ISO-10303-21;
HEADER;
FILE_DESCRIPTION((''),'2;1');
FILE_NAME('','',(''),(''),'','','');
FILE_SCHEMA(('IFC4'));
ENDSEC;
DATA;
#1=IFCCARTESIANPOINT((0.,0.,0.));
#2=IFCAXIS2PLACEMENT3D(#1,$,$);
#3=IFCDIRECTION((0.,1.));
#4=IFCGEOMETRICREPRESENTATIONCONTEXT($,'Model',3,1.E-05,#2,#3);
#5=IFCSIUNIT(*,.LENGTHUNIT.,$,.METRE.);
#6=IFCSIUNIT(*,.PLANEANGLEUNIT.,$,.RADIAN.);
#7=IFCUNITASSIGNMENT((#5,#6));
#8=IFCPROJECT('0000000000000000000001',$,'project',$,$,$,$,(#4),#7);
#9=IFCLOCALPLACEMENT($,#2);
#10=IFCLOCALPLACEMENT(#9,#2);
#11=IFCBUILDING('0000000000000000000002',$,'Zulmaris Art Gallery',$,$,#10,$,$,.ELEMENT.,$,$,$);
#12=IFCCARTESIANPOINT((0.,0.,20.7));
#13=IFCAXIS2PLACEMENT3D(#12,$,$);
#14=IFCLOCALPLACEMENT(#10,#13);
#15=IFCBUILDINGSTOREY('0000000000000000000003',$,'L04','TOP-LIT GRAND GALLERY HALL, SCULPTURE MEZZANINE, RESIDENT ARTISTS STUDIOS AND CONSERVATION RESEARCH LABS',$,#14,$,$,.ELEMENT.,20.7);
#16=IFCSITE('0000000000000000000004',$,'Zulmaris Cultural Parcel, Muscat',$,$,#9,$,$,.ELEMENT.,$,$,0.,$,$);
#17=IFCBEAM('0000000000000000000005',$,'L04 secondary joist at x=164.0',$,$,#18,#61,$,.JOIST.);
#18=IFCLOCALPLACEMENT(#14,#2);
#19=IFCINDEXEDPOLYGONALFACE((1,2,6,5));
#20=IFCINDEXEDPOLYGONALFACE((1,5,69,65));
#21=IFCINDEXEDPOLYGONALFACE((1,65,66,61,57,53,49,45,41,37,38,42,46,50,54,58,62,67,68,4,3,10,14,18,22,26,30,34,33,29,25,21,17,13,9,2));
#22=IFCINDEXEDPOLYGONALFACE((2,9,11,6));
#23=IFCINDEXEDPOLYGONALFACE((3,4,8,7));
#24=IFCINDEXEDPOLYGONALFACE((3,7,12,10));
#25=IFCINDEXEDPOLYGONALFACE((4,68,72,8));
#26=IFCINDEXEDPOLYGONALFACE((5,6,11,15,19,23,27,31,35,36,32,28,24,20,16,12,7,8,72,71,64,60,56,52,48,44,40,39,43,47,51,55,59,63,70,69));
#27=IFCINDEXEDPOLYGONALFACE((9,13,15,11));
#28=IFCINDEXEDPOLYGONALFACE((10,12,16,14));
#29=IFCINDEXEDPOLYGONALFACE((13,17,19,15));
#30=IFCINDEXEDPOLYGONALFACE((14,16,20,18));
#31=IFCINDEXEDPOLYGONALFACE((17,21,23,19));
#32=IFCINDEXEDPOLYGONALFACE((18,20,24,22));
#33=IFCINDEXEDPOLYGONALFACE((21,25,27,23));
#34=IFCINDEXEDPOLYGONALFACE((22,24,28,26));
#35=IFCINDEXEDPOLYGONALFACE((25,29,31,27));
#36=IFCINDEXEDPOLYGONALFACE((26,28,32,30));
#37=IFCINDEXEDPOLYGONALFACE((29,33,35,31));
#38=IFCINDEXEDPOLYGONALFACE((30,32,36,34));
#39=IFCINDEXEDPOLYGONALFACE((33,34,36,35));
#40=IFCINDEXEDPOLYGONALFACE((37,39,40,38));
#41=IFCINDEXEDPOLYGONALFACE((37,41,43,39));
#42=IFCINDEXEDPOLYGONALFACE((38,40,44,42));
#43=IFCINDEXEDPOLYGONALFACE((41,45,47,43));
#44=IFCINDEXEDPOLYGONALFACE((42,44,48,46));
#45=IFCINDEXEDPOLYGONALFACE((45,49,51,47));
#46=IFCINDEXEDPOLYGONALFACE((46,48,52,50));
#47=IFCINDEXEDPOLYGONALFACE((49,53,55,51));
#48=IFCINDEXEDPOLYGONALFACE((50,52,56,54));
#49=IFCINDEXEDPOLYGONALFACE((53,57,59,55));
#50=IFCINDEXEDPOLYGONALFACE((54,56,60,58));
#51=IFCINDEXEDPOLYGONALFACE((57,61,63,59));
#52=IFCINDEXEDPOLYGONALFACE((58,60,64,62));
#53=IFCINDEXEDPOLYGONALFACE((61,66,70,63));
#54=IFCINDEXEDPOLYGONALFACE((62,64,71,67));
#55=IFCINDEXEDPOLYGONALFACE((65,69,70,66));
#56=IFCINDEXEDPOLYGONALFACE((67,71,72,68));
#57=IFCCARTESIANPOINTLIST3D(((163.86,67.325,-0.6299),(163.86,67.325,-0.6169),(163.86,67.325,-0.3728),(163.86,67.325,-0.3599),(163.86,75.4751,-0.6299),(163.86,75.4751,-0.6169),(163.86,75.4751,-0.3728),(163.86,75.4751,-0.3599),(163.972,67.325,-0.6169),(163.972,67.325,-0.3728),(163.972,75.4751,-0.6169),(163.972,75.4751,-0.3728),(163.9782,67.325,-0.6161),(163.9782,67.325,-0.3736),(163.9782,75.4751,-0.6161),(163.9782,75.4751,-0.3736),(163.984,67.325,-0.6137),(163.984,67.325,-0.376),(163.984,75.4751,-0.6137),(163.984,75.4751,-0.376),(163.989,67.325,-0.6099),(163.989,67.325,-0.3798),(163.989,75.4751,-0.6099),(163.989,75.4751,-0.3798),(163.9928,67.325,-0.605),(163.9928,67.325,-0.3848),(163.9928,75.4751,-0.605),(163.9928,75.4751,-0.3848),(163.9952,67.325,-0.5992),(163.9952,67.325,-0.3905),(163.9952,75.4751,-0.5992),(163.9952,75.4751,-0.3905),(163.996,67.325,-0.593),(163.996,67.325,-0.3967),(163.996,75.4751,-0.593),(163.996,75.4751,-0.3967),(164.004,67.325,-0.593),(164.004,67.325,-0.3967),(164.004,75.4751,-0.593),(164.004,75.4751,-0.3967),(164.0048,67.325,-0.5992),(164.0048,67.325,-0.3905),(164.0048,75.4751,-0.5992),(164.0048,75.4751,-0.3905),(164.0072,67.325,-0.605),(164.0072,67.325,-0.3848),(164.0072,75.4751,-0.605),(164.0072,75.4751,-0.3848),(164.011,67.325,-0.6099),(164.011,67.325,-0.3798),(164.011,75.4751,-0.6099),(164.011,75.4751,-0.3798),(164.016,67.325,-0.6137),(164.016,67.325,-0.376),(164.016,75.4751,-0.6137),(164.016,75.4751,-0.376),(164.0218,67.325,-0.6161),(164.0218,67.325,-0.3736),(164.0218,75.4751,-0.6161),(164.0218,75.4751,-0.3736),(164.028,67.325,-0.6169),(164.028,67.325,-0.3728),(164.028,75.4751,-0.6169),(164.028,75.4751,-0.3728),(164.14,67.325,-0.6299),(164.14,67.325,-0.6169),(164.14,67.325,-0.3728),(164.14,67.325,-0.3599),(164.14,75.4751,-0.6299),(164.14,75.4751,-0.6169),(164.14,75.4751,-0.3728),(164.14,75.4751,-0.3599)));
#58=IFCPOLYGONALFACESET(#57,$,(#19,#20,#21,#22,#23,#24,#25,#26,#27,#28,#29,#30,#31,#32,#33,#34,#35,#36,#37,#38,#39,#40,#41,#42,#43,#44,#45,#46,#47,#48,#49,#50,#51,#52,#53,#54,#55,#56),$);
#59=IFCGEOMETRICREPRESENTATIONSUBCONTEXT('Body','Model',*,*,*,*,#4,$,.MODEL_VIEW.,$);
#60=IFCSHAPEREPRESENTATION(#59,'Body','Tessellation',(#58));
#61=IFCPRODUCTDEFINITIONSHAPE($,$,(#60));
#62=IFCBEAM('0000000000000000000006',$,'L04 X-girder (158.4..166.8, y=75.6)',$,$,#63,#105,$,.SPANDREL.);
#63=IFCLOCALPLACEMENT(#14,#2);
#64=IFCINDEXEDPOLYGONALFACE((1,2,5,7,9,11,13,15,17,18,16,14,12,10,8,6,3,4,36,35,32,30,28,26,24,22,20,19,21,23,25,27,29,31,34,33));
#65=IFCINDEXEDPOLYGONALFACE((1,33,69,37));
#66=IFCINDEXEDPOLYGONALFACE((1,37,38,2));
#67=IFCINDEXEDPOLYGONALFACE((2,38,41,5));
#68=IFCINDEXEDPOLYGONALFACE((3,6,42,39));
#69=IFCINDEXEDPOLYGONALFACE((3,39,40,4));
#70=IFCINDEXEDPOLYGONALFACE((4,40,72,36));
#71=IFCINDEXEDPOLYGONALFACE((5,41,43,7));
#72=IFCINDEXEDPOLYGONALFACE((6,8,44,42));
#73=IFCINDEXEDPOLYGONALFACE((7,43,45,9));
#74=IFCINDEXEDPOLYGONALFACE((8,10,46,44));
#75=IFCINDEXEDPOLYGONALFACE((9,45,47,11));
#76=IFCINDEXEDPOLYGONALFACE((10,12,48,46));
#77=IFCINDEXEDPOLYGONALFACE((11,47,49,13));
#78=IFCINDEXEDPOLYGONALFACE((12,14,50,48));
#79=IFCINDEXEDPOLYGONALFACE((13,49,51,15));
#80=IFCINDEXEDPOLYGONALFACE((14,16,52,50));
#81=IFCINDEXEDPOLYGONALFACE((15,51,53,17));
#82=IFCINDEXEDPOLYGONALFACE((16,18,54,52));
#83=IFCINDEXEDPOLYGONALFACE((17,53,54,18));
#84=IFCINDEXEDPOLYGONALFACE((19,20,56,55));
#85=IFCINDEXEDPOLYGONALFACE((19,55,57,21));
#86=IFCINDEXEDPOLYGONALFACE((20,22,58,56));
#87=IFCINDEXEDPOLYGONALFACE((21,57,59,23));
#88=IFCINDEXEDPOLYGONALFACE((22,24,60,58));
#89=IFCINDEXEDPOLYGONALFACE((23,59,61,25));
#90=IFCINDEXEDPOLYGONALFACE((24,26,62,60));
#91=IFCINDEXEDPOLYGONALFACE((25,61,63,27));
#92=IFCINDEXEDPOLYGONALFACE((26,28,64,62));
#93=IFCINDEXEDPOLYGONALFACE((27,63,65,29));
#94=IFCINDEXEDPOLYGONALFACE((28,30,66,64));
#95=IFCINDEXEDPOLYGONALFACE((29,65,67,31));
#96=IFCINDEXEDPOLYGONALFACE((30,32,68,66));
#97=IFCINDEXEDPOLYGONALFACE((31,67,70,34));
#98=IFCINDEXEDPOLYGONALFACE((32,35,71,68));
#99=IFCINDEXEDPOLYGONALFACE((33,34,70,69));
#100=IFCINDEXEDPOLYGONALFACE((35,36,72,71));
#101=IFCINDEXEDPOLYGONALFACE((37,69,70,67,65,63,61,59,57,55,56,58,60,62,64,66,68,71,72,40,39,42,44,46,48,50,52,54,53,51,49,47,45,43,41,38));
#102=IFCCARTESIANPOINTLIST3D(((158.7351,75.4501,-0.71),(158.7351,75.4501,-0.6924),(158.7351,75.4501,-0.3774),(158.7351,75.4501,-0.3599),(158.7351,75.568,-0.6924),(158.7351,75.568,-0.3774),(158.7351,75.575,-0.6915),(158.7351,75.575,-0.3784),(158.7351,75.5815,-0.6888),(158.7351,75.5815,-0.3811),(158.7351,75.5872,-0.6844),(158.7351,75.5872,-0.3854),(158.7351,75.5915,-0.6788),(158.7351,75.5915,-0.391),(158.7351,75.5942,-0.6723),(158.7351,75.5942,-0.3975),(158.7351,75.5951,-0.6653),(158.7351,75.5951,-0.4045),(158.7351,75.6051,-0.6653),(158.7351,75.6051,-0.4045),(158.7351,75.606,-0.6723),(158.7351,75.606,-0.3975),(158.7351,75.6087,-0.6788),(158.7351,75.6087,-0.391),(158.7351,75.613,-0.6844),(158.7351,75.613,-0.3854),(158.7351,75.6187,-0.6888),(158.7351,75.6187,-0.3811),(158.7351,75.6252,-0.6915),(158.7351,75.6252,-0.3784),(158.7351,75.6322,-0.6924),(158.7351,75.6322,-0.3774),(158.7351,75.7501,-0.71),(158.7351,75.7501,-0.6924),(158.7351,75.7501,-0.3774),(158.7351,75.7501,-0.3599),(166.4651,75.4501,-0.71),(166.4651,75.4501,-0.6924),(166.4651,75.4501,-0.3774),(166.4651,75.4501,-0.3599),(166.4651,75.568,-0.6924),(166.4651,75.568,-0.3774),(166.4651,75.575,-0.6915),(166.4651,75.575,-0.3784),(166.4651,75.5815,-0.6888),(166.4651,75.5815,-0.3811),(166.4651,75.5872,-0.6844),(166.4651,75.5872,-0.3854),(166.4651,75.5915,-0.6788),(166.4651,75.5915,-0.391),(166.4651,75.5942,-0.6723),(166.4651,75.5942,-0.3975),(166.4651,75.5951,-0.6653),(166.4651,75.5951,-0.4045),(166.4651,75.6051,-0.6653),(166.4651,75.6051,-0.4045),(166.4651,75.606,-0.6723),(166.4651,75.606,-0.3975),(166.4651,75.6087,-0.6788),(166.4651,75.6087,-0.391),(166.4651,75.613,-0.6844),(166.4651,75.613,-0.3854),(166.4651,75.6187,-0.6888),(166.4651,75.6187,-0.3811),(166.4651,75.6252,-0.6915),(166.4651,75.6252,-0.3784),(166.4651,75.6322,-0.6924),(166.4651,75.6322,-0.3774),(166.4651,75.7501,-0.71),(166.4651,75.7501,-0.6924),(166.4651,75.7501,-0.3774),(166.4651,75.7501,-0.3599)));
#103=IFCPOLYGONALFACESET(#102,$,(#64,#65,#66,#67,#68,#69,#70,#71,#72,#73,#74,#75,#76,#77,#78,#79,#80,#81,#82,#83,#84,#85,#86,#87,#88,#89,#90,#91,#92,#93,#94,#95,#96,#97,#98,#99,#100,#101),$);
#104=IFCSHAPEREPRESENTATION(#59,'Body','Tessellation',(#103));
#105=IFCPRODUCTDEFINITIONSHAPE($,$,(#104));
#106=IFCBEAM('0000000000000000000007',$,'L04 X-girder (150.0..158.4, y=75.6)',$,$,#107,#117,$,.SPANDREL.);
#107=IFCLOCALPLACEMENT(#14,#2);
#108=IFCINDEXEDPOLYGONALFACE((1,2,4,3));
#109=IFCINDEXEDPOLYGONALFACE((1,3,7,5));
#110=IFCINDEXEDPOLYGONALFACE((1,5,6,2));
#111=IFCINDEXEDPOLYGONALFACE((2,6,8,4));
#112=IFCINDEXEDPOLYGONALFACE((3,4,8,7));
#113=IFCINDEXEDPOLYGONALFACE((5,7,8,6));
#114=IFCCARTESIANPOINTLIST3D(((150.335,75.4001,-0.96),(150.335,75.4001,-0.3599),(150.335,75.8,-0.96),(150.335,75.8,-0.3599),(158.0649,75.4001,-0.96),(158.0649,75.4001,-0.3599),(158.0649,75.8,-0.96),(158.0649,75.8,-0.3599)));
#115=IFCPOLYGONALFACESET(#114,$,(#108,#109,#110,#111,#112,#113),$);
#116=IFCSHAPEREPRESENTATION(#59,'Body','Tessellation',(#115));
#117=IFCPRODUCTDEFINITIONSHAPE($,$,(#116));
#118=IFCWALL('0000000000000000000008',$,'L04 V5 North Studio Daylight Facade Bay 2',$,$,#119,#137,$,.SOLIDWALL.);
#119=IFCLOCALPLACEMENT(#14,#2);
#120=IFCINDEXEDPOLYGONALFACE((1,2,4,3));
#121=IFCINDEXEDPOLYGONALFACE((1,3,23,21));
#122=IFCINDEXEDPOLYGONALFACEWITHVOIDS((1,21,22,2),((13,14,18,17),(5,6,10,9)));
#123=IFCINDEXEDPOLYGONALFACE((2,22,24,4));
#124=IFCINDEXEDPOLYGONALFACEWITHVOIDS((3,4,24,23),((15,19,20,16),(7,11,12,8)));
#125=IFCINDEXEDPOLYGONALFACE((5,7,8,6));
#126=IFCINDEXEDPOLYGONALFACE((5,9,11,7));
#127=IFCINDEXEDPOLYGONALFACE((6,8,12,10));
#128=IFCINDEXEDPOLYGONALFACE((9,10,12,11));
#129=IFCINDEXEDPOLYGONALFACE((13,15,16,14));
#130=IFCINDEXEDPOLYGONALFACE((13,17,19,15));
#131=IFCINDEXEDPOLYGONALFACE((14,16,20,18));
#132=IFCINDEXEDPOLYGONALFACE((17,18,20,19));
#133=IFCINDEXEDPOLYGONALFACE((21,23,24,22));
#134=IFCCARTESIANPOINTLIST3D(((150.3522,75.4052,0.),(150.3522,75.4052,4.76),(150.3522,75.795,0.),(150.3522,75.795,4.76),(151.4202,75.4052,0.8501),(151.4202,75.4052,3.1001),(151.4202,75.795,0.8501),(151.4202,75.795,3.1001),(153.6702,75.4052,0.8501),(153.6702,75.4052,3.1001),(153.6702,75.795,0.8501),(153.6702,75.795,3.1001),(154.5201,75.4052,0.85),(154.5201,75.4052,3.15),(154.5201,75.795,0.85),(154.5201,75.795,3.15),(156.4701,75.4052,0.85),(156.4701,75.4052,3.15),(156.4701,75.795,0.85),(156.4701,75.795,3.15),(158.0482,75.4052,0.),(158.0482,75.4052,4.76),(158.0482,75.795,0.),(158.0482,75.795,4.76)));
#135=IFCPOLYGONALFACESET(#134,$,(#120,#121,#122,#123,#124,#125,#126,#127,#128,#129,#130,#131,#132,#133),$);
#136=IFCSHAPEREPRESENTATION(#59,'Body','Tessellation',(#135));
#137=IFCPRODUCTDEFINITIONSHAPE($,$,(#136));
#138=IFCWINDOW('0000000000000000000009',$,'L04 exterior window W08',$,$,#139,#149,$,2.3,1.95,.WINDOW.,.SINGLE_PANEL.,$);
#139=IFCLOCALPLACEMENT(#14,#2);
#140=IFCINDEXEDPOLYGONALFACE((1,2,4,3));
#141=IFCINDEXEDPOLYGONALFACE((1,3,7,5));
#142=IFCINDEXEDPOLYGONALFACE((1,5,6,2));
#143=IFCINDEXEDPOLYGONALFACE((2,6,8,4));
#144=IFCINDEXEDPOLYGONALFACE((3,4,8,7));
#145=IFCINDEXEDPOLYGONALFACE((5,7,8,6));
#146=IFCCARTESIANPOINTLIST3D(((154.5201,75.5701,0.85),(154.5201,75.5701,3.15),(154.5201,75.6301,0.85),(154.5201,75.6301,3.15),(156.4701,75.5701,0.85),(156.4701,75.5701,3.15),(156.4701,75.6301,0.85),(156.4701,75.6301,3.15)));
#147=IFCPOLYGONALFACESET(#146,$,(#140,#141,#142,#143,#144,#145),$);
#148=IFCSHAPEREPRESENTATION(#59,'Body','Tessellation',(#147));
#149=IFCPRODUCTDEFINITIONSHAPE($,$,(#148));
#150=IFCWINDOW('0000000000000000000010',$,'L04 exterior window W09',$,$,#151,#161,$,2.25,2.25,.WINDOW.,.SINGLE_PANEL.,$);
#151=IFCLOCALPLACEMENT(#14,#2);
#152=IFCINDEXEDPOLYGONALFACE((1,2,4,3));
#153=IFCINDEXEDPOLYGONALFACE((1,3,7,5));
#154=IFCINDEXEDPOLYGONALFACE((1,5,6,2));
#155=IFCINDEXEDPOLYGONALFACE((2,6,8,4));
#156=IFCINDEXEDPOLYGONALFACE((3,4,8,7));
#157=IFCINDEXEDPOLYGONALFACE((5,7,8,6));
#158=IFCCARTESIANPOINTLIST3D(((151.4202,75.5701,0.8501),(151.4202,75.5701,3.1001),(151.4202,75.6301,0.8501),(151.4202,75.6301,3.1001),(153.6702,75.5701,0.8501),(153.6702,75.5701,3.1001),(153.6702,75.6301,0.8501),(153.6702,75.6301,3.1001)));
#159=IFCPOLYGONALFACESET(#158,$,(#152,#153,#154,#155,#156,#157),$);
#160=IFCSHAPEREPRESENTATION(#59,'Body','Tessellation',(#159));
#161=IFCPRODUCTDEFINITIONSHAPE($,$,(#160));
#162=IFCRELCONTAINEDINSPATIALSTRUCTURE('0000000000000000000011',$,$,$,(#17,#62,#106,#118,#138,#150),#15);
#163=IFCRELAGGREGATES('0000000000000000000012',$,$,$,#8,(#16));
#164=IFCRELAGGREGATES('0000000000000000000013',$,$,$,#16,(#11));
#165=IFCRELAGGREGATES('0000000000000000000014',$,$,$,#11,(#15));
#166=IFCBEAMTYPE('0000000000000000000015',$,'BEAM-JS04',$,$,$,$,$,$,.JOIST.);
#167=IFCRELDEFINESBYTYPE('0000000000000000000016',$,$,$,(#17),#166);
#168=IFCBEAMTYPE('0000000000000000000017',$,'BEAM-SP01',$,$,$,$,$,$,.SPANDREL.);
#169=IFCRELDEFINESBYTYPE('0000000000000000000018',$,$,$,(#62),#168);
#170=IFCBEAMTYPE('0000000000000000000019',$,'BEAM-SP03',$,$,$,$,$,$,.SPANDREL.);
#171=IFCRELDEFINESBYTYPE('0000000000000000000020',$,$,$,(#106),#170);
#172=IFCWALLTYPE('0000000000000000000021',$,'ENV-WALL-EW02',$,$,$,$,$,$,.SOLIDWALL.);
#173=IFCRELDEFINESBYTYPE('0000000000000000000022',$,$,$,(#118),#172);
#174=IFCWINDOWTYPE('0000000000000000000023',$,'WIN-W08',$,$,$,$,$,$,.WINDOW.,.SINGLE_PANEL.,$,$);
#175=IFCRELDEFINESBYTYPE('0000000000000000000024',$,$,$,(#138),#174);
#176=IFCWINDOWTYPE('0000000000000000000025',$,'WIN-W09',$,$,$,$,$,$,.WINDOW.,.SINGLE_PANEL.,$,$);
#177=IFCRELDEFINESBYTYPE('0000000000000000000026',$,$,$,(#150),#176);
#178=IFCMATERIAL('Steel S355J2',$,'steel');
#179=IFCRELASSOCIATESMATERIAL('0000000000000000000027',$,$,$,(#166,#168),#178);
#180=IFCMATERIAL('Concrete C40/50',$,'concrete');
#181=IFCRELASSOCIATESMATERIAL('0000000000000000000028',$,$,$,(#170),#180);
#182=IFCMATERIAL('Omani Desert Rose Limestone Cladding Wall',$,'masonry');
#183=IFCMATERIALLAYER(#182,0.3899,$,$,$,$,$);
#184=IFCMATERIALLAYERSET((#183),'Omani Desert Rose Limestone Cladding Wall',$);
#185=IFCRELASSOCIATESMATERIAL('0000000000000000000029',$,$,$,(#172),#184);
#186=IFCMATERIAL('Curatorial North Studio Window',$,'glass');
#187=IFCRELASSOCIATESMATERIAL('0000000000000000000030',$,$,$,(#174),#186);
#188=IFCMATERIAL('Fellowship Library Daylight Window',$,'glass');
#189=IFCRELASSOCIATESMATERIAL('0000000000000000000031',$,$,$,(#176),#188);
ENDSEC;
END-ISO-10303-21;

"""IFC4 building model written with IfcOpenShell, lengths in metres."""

from ifc_helpers import new_model, si_unit, direction, frame, frame_2d, origin, origin_2d, place, context, subcontext, project, spatial, rectangle, i_section, extrude, material, layer, layer_set, material_profile, profile_set, type_object, element, fill, save


model = new_model("IFC4")

# Units and contexts
model_context = context("Model", 3, precision=1e-05, world=origin(), true_north=direction((0.0, 1.0)))
body_context = subcontext(model_context, "Body", "Model", "MODEL_VIEW")
ifc_project = project(units=[si_unit("LENGTHUNIT", "METRE"), si_unit("PLANEANGLEUNIT", "RADIAN")], contexts=[model_context])

# Site, building, storey
site_placement = place(None, origin())
site = spatial("IfcSite", under=ifc_project, at=site_placement, Name="Zulmaris Cultural Parcel, Muscat", CompositionType="ELEMENT", RefElevation=0.0)
building_placement = place(site_placement, origin())
building = spatial("IfcBuilding", under=site, at=building_placement, Name="Zulmaris Art Gallery", CompositionType="ELEMENT")
storey_placement = place(building_placement, frame((0.0, 0.0, 20.7)))
storey = spatial("IfcBuildingStorey", under=building, at=storey_placement, Name="L04", Description="TOP-LIT GRAND GALLERY HALL, SCULPTURE MEZZANINE, RESIDENT ARTISTS STUDIOS AND CONSERVATION RESEARCH LABS", CompositionType="ELEMENT", Elevation=20.7)

# Shared definitions
ifc_material_1 = material(Name="Concrete C40/50", Category="concrete")

# Beams
ifc_material_2 = material(Name="Steel S355J2", Category="steel")
ifc_material_profile_1 = material_profile(ifc_material_2, i_section(OverallWidth=0.28, OverallDepth=0.27, WebThickness=0.0081, FlangeThickness=0.0129, FilletRadius=0.0239, at=origin_2d()), Name="HEA 280")
ifc_profile_set_1 = profile_set([ifc_material_profile_1], Name="Steel S355J2")
beam_type_1 = type_object("IfcBeamType", Name="BEAM-JS04", PredefinedType="JOIST", material=ifc_profile_set_1)
beam_1_placement = place(storey_placement, frame((164.0, 67.325, -0.4949), z_axis=(0.0, 1.0, 0.0), x_axis=(-1.0, 0.0, 0.0)))
element("IfcBeam", 1, at=beam_1_placement, inside=storey, type_object=beam_type_1, Name="L04 secondary joist at x=164.0", PredefinedType="JOIST", context=body_context, shape_type="SweptSolid", body=[
    extrude(i_section(OverallWidth=0.28, OverallDepth=0.27, WebThickness=0.0081, FlangeThickness=0.0129, FilletRadius=0.0239, at=origin_2d()), origin(), (0.0, 0.0, 1.0), 8.1501),
])
ifc_material_profile_2 = material_profile(ifc_material_2, i_section(OverallWidth=0.3, OverallDepth=0.3501, WebThickness=0.01, FlangeThickness=0.0176, FilletRadius=0.0271, at=origin_2d()), Name="HEA 360")
ifc_profile_set_2 = profile_set([ifc_material_profile_2], Name="Steel S355J2")
beam_type_2 = type_object("IfcBeamType", Name="BEAM-SP01", PredefinedType="SPANDREL", material=ifc_profile_set_2)
beam_2_placement = place(storey_placement, frame((158.7351, 75.6001, -0.5349), z_axis=(1.0, 0.0, 0.0), x_axis=(0.0, 1.0, 0.0)))
element("IfcBeam", 2, at=beam_2_placement, inside=storey, type_object=beam_type_2, Name="L04 X-girder (158.4..166.8, y=75.6)", PredefinedType="SPANDREL", context=body_context, shape_type="SweptSolid", body=[
    extrude(i_section(OverallWidth=0.3, OverallDepth=0.3501, WebThickness=0.01, FlangeThickness=0.0176, FilletRadius=0.0271, at=origin_2d()), origin(), (0.0, 0.0, 1.0), 7.73),
])
ifc_material_profile_3 = material_profile(ifc_material_1, rectangle(XDim=0.3999, YDim=0.6001, at=origin_2d()), Name="RC 400x600")
ifc_profile_set_3 = profile_set([ifc_material_profile_3], Name="Concrete C40/50")
beam_type_3 = type_object("IfcBeamType", Name="BEAM-SP03", PredefinedType="SPANDREL", material=ifc_profile_set_3)
beam_3_placement = place(storey_placement, frame((150.335, 75.6001, -0.6599), z_axis=(1.0, 0.0, 0.0), x_axis=(0.0, 1.0, 0.0)))
element("IfcBeam", 3, at=beam_3_placement, inside=storey, type_object=beam_type_3, Name="L04 X-girder (150.0..158.4, y=75.6)", PredefinedType="SPANDREL", context=body_context, shape_type="SweptSolid", body=[
    extrude(rectangle(XDim=0.3999, YDim=0.6001, at=origin_2d()), origin(), (0.0, 0.0, 1.0), 7.73),
])

# Wall, openings, windows
ifc_material_3 = material(Name="Omani Desert Rose Limestone Cladding Wall", Category="masonry")
ifc_layer_1 = layer(ifc_material_3, 0.3899)
ifc_layer_set_1 = layer_set([ifc_layer_1], Name="Omani Desert Rose Limestone Cladding Wall")
wall_type_1 = type_object("IfcWallType", Name="ENV-WALL-EW02", PredefinedType="SOLIDWALL", material=ifc_layer_set_1)
wall_1_placement = place(storey_placement, frame((150.3521, 75.6001, 0.0), z_axis=(0.0, 0.0, 1.0), x_axis=(1.0, 0.0, 0.0)))
wall_1 = element("IfcWall", 4, at=wall_1_placement, inside=storey, type_object=wall_type_1, Name="L04 V5 North Studio Daylight Facade Bay 2", PredefinedType="SOLIDWALL", context=body_context, shape_type="SweptSolid", body=[
    extrude(rectangle(XDim=7.696, YDim=0.3899, at=frame_2d((3.8481, 0.0))), origin(), (0.0, 0.0, 1.0), 4.76),
])
opening_1_placement = place(wall_1_placement, frame((1.0681, 0.0, 0.8501)))
opening_1 = element("IfcOpeningElement", 5, at=opening_1_placement, cuts=wall_1, PredefinedType="OPENING", context=body_context, shape_type="SweptSolid", body=[
    extrude(rectangle(XDim=2.25, YDim=2.25, at=frame_2d((1.125, 1.125))), frame((0.0, 0.2048, 0.0), z_axis=(0.0, -1.0, 0.0), x_axis=(1.0, 0.0, 0.0)), (0.0, 0.0, 1.0), 0.4099),
])
opening_2_placement = place(wall_1_placement, frame((4.168, 0.0, 0.8501)))
opening_2 = element("IfcOpeningElement", 6, at=opening_2_placement, cuts=wall_1, PredefinedType="OPENING", context=body_context, shape_type="SweptSolid", body=[
    extrude(rectangle(XDim=1.95, YDim=2.3, at=frame_2d((0.9751, 1.1499))), frame((0.0, 0.2048, 0.0), z_axis=(0.0, -1.0, 0.0), x_axis=(1.0, 0.0, 0.0)), (0.0, 0.0, 1.0), 0.4099),
])
ifc_material_4 = material(Name="Curatorial North Studio Window", Category="glass")
window_type_1 = type_object("IfcWindowType", Name="WIN-W08", PartitioningType="SINGLE_PANEL", PredefinedType="WINDOW", material=ifc_material_4)
window_1_placement = place(opening_2_placement, origin())
window_1 = element("IfcWindow", 7, at=window_1_placement, inside=storey, type_object=window_type_1, Name="L04 exterior window W08", OverallHeight=2.3, OverallWidth=1.95, PartitioningType="SINGLE_PANEL", PredefinedType="WINDOW", context=body_context, shape_type="SweptSolid", body=[
    extrude(rectangle(XDim=1.95, YDim=2.3, at=frame_2d((0.9751, 1.1499))), frame((0.0, 0.03, 0.0), z_axis=(0.0, -1.0, 0.0), x_axis=(1.0, 0.0, 0.0)), (0.0, 0.0, 1.0), 0.0601),
])
fill(opening_2, window_1)
ifc_material_5 = material(Name="Fellowship Library Daylight Window", Category="glass")
window_type_2 = type_object("IfcWindowType", Name="WIN-W09", PartitioningType="SINGLE_PANEL", PredefinedType="WINDOW", material=ifc_material_5)
window_2_placement = place(opening_1_placement, origin())
window_2 = element("IfcWindow", 8, at=window_2_placement, inside=storey, type_object=window_type_2, Name="L04 exterior window W09", OverallHeight=2.25, OverallWidth=2.25, PartitioningType="SINGLE_PANEL", PredefinedType="WINDOW", context=body_context, shape_type="SweptSolid", body=[
    extrude(rectangle(XDim=2.25, YDim=2.25, at=frame_2d((1.125, 1.125))), frame((0.0, 0.03, 0.0), z_axis=(0.0, -1.0, 0.0), x_axis=(1.0, 0.0, 0.0)), (0.0, 0.0, 1.0), 0.0601),
])
fill(opening_1, window_2)

save(model, "model.ifc")
